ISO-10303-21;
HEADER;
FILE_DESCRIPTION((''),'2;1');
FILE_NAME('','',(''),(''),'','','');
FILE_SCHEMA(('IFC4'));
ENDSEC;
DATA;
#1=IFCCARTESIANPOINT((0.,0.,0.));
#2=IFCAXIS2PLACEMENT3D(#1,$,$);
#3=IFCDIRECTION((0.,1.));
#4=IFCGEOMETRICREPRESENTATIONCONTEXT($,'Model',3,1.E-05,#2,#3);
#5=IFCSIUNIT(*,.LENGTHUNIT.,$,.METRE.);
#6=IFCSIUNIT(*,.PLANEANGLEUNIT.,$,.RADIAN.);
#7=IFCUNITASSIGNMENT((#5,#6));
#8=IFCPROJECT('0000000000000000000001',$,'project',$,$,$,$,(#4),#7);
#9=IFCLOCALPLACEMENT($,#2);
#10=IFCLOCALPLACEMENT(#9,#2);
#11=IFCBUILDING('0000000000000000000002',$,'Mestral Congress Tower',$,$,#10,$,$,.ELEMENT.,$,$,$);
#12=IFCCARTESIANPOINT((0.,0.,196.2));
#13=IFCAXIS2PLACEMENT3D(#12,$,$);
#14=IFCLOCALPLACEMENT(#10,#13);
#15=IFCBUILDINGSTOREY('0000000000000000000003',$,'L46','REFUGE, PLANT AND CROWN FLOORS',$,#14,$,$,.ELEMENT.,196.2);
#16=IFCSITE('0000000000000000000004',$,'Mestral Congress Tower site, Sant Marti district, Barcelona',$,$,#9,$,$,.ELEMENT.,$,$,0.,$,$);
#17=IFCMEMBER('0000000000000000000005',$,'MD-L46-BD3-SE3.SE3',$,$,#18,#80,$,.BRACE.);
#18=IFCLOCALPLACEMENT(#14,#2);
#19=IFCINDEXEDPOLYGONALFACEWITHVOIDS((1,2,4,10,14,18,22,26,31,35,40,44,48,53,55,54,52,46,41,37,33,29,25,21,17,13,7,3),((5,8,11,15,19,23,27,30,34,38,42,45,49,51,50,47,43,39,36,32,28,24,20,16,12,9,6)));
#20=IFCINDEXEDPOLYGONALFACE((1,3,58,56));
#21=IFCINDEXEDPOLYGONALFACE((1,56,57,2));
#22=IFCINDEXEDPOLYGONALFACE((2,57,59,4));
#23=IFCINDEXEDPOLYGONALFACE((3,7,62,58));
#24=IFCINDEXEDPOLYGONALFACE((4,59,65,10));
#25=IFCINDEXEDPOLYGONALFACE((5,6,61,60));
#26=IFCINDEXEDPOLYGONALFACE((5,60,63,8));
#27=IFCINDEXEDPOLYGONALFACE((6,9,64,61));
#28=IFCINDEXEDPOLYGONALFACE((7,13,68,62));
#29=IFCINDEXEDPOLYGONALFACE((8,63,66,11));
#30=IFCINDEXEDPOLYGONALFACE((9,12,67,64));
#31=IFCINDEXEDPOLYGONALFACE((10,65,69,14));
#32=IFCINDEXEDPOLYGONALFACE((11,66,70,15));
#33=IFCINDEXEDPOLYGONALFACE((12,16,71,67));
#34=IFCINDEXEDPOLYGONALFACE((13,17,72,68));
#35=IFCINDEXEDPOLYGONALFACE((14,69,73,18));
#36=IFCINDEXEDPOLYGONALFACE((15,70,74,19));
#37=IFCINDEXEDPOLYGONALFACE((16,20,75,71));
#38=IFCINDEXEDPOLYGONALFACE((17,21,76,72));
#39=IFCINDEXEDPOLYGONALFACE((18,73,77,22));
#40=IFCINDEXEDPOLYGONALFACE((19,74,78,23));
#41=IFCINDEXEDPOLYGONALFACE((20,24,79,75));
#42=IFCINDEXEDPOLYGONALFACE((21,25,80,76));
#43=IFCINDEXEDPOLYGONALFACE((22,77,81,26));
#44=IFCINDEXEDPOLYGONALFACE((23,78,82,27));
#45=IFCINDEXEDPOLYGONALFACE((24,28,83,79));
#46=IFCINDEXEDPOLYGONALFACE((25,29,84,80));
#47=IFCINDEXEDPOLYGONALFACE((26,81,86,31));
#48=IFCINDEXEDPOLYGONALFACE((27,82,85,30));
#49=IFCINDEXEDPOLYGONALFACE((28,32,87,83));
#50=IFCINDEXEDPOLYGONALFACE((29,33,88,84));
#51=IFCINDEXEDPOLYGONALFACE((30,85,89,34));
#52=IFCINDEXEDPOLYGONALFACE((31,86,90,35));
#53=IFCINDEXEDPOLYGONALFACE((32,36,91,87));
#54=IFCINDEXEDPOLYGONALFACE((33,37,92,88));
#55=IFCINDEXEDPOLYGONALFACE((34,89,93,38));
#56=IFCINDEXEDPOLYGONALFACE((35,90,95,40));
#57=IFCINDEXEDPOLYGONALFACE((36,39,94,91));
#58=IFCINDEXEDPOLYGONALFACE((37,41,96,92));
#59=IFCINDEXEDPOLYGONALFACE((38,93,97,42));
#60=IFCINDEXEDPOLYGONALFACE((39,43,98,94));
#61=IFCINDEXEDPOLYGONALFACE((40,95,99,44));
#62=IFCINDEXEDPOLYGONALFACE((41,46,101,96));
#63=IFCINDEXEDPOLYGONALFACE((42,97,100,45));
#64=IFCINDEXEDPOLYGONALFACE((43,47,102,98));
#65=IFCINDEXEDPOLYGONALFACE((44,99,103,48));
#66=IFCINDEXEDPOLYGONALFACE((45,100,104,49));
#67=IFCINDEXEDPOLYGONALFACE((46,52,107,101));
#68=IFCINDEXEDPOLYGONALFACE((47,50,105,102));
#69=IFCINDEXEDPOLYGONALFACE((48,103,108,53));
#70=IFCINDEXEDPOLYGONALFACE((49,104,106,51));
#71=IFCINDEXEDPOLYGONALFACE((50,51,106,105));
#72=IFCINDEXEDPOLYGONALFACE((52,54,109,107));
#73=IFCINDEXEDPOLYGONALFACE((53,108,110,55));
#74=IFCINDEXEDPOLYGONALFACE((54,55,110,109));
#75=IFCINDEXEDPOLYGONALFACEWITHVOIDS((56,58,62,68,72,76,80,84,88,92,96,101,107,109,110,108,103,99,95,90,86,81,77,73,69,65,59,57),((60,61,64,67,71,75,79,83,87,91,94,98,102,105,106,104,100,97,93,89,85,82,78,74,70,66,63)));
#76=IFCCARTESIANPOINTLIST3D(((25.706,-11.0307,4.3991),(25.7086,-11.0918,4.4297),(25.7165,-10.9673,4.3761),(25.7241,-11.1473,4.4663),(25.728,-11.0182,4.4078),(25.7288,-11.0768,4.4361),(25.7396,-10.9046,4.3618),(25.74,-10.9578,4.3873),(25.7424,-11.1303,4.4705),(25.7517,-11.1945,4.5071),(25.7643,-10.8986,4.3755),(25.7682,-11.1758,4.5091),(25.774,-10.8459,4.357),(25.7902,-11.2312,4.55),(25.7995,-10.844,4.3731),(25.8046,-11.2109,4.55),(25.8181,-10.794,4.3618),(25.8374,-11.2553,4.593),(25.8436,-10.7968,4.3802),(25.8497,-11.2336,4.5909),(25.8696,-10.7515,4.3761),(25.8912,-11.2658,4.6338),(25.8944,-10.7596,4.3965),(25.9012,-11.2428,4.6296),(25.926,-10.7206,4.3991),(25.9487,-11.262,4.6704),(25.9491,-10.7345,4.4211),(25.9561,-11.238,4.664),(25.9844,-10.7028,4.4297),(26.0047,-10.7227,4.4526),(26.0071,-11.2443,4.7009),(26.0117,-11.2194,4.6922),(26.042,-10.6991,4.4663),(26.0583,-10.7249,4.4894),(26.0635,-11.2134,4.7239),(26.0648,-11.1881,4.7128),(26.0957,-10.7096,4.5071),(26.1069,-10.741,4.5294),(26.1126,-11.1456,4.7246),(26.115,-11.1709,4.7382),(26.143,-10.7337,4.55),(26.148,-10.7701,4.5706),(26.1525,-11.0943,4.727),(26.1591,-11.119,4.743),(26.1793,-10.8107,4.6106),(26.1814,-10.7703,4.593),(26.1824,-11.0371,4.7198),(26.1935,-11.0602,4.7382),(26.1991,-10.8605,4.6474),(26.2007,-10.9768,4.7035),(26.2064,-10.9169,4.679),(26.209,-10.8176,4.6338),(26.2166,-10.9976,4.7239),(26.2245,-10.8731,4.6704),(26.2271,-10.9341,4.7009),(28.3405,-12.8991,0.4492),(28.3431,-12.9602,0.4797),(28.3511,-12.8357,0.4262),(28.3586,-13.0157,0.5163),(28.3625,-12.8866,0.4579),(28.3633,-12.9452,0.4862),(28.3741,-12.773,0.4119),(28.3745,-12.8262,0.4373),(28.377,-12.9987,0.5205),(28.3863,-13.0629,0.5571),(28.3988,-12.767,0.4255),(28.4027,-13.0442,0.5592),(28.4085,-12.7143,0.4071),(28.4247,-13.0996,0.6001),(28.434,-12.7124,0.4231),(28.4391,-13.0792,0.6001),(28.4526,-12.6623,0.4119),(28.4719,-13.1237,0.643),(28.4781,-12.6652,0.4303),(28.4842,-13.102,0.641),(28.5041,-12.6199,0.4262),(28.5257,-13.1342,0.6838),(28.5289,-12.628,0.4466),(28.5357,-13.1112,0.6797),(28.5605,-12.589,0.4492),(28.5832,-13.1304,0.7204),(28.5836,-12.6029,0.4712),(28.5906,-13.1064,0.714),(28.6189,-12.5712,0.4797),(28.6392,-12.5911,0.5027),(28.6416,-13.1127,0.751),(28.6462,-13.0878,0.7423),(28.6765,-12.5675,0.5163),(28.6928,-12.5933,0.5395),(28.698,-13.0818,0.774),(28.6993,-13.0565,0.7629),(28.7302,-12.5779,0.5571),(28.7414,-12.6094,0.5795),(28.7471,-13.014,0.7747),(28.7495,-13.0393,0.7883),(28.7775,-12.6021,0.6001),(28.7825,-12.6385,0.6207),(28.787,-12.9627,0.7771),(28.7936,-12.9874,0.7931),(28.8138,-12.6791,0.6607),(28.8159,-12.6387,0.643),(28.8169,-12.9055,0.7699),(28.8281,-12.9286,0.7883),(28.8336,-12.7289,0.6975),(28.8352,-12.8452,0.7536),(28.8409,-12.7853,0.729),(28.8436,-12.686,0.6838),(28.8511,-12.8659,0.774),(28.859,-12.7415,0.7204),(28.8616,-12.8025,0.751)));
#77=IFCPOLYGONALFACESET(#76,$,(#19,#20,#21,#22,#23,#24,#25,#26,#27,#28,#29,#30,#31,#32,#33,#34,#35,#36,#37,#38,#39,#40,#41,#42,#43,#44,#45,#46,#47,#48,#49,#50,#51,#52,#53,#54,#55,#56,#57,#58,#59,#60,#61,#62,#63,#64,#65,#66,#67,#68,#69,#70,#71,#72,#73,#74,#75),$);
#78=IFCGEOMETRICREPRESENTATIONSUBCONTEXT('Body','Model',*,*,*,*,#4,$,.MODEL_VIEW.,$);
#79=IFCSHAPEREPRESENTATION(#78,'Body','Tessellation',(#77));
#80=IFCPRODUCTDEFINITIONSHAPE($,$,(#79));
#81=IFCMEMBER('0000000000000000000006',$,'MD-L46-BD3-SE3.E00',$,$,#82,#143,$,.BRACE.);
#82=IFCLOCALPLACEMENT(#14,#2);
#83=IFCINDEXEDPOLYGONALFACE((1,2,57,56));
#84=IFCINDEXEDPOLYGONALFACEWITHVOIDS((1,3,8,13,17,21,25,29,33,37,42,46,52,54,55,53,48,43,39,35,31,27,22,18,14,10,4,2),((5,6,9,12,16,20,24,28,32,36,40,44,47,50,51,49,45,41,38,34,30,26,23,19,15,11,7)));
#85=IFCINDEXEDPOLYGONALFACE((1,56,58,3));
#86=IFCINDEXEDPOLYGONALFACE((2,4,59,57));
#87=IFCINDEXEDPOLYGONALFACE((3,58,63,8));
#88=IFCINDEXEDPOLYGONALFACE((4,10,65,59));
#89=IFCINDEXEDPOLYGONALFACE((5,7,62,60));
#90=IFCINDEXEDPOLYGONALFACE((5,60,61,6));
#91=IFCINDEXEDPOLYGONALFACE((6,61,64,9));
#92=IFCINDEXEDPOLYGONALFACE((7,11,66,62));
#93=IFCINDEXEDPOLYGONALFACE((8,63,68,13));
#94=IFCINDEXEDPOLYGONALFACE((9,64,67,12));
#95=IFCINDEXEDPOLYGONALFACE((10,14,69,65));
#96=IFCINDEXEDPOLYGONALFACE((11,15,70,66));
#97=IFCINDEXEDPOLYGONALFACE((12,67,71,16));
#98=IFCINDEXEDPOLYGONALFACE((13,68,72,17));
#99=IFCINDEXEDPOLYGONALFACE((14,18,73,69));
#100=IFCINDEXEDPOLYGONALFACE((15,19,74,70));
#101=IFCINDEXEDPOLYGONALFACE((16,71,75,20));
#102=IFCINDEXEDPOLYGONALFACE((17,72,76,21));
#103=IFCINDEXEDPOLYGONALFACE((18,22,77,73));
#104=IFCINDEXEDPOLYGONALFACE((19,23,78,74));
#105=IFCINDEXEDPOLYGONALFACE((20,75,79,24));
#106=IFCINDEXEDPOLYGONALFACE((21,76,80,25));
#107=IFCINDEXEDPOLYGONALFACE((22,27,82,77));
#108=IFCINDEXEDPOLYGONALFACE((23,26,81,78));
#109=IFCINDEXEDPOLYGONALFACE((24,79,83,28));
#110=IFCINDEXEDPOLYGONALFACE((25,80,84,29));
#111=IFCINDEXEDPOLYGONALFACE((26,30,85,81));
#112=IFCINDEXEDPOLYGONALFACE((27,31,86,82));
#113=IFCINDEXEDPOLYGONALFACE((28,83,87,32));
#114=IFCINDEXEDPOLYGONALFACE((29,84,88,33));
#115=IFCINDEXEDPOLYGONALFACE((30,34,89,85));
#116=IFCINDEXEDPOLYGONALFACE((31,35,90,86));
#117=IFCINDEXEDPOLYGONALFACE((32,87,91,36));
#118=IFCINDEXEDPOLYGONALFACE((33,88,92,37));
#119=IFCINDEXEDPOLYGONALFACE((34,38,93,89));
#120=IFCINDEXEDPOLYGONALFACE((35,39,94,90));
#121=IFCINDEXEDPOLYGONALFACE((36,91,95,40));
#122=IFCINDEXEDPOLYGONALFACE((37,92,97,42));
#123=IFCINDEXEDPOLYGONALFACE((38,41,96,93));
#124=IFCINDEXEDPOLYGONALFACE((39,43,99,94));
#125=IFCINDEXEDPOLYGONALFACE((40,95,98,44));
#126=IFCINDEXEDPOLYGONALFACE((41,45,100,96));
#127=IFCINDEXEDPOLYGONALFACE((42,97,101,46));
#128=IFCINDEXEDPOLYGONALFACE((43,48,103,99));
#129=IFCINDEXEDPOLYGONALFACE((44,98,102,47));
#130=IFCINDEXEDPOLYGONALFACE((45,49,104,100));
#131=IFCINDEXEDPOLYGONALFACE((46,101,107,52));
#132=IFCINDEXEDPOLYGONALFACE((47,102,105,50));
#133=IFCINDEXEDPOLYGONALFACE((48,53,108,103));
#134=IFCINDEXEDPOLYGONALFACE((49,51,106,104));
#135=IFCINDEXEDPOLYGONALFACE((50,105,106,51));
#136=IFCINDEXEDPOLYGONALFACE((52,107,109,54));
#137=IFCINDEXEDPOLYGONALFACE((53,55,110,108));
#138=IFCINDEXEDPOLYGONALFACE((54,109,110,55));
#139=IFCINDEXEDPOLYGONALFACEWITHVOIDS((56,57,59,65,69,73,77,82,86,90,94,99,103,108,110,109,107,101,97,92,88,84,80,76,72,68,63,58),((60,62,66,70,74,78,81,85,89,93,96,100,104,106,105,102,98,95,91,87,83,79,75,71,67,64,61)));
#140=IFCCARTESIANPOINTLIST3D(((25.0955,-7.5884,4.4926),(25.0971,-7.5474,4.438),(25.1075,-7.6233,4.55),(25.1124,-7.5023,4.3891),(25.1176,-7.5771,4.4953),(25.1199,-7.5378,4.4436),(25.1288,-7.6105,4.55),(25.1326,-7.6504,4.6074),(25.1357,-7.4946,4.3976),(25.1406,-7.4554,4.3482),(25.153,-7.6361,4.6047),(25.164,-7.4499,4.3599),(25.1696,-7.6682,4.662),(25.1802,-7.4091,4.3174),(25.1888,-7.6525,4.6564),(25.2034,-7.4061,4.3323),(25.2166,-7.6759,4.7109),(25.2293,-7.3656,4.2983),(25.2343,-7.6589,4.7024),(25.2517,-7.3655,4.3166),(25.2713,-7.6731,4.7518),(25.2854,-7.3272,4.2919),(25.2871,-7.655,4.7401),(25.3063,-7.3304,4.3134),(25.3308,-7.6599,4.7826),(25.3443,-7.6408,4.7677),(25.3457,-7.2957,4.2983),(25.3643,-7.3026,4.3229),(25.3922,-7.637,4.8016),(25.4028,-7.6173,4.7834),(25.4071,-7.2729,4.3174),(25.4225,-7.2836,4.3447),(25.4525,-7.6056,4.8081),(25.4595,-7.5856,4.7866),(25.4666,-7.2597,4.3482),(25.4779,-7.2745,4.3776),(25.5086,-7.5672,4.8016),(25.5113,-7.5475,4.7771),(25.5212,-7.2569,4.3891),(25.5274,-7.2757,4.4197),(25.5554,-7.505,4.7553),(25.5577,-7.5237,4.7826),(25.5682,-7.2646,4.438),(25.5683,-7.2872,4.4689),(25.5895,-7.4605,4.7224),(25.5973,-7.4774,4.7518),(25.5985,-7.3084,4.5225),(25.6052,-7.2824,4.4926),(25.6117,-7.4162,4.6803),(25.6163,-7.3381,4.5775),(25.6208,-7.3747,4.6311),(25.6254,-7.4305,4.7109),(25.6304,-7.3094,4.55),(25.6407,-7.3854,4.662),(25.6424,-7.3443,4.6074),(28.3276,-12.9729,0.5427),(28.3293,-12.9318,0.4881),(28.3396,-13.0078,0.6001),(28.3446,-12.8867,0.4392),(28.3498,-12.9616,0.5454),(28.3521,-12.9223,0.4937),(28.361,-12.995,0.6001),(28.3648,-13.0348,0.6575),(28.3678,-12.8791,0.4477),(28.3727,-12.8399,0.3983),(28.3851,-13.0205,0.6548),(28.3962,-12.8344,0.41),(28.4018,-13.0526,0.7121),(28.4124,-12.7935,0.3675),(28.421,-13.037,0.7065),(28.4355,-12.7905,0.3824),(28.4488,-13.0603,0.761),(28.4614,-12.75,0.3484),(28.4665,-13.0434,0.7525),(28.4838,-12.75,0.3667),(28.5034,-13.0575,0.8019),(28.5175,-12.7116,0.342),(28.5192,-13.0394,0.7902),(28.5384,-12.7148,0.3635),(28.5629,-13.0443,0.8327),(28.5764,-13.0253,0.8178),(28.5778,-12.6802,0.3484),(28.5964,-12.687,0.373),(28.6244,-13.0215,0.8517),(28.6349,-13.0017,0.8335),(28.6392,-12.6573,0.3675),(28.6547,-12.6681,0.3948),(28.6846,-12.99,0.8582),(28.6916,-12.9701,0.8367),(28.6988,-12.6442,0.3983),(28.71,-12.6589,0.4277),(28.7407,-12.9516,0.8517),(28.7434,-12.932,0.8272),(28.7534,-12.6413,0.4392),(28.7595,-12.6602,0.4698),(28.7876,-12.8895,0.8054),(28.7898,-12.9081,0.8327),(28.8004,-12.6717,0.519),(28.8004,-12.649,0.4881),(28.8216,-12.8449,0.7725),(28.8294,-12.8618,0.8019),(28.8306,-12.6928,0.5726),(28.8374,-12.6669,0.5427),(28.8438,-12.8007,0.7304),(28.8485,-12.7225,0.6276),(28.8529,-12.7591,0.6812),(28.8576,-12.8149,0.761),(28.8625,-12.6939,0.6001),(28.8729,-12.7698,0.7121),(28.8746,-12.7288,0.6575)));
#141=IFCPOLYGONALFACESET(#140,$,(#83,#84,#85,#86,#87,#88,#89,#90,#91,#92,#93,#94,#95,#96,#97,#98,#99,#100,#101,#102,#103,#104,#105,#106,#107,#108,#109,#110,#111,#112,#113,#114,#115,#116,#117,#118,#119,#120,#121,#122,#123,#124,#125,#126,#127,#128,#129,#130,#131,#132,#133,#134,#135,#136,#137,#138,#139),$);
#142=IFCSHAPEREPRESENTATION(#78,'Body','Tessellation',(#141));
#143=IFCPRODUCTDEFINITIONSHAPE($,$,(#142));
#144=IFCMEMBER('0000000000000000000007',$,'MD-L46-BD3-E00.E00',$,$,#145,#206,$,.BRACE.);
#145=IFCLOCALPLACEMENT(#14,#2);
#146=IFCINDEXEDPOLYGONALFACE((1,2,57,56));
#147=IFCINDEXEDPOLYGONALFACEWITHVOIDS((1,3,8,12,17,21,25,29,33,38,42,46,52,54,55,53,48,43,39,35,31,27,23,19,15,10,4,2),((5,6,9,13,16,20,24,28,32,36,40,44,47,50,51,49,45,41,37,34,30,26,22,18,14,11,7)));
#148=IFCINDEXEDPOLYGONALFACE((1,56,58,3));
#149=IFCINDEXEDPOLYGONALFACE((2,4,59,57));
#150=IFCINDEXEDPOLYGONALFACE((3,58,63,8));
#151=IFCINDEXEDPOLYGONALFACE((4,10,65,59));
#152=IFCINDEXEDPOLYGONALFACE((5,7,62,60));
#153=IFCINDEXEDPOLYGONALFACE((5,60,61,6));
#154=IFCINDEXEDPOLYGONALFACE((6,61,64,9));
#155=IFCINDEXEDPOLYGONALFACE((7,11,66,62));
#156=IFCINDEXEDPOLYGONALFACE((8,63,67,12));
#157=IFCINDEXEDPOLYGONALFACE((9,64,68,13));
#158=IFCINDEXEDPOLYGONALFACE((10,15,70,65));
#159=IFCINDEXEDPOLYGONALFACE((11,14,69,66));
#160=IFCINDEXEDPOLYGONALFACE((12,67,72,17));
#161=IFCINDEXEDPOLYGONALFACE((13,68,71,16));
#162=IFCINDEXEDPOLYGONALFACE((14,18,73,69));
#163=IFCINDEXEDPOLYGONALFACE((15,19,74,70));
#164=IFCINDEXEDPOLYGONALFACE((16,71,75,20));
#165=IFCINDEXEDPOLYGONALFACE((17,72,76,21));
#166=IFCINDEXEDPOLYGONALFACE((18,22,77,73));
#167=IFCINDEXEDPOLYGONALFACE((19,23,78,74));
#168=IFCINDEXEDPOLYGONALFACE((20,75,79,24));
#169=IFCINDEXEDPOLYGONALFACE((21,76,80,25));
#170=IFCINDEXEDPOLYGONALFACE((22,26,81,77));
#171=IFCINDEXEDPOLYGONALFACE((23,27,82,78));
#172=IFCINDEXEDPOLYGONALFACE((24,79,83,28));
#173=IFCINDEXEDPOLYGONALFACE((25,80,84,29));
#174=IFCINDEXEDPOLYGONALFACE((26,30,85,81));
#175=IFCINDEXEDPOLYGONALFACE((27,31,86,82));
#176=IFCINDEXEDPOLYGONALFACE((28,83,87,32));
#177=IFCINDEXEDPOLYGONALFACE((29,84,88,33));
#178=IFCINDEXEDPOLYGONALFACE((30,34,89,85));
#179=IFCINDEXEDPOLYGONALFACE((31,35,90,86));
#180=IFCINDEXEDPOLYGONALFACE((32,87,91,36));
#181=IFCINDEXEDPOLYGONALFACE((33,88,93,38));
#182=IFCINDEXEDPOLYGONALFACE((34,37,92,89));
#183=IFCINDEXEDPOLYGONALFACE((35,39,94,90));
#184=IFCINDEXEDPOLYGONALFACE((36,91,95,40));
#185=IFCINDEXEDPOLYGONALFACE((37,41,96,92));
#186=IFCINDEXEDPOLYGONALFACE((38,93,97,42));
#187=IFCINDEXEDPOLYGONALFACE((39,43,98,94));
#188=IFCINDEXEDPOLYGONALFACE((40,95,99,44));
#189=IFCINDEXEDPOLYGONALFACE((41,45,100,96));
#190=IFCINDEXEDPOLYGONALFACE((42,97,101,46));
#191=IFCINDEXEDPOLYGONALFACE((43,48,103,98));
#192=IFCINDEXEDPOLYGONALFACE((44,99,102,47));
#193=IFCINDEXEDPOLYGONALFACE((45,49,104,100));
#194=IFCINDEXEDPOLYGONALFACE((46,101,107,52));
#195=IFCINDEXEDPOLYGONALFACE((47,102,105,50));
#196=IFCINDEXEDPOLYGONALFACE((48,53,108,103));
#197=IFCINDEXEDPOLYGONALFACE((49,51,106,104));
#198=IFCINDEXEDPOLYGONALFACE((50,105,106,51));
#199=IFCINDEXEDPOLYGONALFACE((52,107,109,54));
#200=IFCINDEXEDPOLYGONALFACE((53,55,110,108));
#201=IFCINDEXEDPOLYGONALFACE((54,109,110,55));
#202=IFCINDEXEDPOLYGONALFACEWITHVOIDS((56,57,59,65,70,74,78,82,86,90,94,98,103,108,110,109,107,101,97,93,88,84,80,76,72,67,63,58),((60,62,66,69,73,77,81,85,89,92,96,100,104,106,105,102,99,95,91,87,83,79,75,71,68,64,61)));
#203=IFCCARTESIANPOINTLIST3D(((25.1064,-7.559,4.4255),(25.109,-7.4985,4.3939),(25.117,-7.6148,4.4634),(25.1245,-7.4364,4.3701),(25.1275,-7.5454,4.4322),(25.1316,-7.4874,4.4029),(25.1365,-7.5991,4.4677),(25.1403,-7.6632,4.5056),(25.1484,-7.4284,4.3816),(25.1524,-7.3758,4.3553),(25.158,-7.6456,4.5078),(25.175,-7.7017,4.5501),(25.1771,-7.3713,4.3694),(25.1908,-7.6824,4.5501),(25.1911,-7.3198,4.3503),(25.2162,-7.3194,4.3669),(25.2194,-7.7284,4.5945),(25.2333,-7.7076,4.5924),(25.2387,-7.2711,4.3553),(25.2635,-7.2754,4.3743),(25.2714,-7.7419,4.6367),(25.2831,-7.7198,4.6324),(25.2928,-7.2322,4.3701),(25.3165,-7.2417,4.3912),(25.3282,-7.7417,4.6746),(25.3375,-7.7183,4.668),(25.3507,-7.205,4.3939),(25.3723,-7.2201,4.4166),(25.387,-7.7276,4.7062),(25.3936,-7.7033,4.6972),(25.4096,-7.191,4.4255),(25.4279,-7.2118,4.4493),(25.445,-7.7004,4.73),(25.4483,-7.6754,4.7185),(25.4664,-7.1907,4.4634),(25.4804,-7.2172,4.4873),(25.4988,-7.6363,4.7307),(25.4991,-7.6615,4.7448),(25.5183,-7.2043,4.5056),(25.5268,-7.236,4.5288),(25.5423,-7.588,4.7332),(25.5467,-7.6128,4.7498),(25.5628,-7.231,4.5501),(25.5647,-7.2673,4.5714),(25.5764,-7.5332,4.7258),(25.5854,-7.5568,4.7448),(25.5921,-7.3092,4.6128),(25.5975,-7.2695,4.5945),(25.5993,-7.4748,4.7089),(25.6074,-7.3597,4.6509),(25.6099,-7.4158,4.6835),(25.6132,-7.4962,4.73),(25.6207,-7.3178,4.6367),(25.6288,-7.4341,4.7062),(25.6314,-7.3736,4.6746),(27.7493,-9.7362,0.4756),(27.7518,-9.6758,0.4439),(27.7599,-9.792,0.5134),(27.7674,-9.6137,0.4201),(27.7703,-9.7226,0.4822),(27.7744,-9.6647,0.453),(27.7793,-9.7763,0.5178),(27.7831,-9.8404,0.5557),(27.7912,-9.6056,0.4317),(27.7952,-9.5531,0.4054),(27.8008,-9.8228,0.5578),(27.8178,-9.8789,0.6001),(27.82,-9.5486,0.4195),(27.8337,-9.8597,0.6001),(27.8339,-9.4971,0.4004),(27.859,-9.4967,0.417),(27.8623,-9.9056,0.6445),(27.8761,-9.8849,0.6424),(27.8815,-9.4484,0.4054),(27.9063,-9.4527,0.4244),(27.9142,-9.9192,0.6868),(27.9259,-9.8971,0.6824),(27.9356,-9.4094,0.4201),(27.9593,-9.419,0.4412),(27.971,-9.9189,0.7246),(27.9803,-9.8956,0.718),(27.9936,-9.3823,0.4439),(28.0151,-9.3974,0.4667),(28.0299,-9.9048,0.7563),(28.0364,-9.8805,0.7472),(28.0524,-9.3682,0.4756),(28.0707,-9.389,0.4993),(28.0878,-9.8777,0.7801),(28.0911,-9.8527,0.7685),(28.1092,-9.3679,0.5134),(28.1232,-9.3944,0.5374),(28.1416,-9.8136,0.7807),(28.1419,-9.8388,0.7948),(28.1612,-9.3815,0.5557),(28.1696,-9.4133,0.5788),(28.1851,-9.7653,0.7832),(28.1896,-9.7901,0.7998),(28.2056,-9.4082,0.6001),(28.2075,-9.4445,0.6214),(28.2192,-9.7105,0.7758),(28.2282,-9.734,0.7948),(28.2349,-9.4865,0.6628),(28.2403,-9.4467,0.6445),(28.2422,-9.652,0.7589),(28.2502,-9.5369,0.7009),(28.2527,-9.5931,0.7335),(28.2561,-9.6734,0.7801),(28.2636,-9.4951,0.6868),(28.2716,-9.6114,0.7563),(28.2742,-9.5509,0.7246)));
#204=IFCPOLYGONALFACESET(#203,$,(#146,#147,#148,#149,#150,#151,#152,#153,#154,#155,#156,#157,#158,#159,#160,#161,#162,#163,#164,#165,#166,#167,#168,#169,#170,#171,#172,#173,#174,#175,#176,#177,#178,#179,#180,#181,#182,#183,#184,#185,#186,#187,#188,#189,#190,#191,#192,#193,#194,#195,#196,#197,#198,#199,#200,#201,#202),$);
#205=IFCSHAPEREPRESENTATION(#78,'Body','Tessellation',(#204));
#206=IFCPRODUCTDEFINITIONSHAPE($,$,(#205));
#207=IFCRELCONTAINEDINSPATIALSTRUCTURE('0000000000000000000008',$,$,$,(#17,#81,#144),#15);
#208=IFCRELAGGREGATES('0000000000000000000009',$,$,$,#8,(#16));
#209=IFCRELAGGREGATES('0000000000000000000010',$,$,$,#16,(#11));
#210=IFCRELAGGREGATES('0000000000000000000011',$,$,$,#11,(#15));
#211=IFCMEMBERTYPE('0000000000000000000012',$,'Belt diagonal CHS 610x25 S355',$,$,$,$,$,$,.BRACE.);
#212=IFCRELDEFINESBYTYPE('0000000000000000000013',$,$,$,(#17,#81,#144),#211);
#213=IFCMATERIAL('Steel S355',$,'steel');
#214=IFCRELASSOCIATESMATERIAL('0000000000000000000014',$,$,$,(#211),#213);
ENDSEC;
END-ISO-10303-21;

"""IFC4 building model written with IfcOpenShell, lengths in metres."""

from ifc_helpers import new_model, si_unit, direction, frame, origin, origin_2d, place, context, subcontext, project, spatial, hollow_circle, extrude, material, material_profile, profile_set, type_object, element, save


model = new_model("IFC4")

# Units and contexts
model_context = context("Model", 3, precision=1e-05, world=origin(), true_north=direction((0.0, 1.0)))
body_context = subcontext(model_context, "Body", "Model", "MODEL_VIEW")
ifc_project = project(units=[si_unit("LENGTHUNIT", "METRE"), si_unit("PLANEANGLEUNIT", "RADIAN")], contexts=[model_context])

# Site, building, storey
site_placement = place(None, origin())
site = spatial("IfcSite", under=ifc_project, at=site_placement, Name="Mestral Congress Tower site, Sant Marti district, Barcelona", CompositionType="ELEMENT", RefElevation=0.0)
building_placement = place(site_placement, origin())
building = spatial("IfcBuilding", under=site, at=building_placement, Name="Mestral Congress Tower", CompositionType="ELEMENT")
storey_placement = place(building_placement, frame((0.0, 0.0, 196.2)))
storey = spatial("IfcBuildingStorey", under=building, at=storey_placement, Name="L46", Description="REFUGE, PLANT AND CROWN FLOORS", CompositionType="ELEMENT", Elevation=196.2)

# Members
ifc_material_1 = material(Name="Steel S355", Category="steel")
ifc_material_profile_1 = material_profile(ifc_material_1, hollow_circle(Radius=0.3049, WallThickness=0.0249, at=origin_2d()), Name="CHS 610x25")
ifc_profile_set_1 = profile_set([ifc_material_profile_1], Name="Steel S355")
member_type_1 = type_object("IfcMemberType", Name="Belt diagonal CHS 610x25 S355", PredefinedType="BRACE", material=ifc_profile_set_1)
member_1_placement = place(storey_placement, frame((28.6011, -12.8508, 0.6001), z_axis=(-0.516337, 0.366187, 0.774147), x_axis=(-0.578489, -0.81569, 0.0)))
element("IfcMember", 1, at=member_1_placement, inside=storey, type_object=member_type_1, Name="MD-L46-BD3-SE3.SE3", PredefinedType="BRACE", context=body_context, shape_type="SweptSolid", body=[
    extrude(hollow_circle(Radius=0.3049, WallThickness=0.0249, at=origin_2d()), origin(), (0.0, 0.0, 1.0), 5.1023),
])
member_2_placement = place(storey_placement, frame((28.6011, -12.8508, 0.6001), z_axis=(-0.43566, 0.725771, 0.532407), x_axis=(-0.85739, -0.514667, 0.0)))
element("IfcMember", 2, at=member_2_placement, inside=storey, type_object=member_type_1, Name="MD-L46-BD3-SE3.E00", PredefinedType="BRACE", context=body_context, shape_type="SweptSolid", body=[
    extrude(hollow_circle(Radius=0.3049, WallThickness=0.0249, at=origin_2d()), origin(), (0.0, 0.0, 1.0), 7.4189),
])
member_3_placement = place(storey_placement, frame((28.0117, -9.6436, 0.6001), z_axis=(-0.505559, 0.416496, 0.755606), x_axis=(-0.635847, -0.771815, 0.0)))
element("IfcMember", 3, at=member_3_placement, inside=storey, type_object=member_type_1, Name="MD-L46-BD3-E00.E00", PredefinedType="BRACE", context=body_context, shape_type="SweptSolid", body=[
    extrude(hollow_circle(Radius=0.3049, WallThickness=0.0249, at=origin_2d()), origin(), (0.0, 0.0, 1.0), 5.2275),
])

save(model, "model.ifc")
